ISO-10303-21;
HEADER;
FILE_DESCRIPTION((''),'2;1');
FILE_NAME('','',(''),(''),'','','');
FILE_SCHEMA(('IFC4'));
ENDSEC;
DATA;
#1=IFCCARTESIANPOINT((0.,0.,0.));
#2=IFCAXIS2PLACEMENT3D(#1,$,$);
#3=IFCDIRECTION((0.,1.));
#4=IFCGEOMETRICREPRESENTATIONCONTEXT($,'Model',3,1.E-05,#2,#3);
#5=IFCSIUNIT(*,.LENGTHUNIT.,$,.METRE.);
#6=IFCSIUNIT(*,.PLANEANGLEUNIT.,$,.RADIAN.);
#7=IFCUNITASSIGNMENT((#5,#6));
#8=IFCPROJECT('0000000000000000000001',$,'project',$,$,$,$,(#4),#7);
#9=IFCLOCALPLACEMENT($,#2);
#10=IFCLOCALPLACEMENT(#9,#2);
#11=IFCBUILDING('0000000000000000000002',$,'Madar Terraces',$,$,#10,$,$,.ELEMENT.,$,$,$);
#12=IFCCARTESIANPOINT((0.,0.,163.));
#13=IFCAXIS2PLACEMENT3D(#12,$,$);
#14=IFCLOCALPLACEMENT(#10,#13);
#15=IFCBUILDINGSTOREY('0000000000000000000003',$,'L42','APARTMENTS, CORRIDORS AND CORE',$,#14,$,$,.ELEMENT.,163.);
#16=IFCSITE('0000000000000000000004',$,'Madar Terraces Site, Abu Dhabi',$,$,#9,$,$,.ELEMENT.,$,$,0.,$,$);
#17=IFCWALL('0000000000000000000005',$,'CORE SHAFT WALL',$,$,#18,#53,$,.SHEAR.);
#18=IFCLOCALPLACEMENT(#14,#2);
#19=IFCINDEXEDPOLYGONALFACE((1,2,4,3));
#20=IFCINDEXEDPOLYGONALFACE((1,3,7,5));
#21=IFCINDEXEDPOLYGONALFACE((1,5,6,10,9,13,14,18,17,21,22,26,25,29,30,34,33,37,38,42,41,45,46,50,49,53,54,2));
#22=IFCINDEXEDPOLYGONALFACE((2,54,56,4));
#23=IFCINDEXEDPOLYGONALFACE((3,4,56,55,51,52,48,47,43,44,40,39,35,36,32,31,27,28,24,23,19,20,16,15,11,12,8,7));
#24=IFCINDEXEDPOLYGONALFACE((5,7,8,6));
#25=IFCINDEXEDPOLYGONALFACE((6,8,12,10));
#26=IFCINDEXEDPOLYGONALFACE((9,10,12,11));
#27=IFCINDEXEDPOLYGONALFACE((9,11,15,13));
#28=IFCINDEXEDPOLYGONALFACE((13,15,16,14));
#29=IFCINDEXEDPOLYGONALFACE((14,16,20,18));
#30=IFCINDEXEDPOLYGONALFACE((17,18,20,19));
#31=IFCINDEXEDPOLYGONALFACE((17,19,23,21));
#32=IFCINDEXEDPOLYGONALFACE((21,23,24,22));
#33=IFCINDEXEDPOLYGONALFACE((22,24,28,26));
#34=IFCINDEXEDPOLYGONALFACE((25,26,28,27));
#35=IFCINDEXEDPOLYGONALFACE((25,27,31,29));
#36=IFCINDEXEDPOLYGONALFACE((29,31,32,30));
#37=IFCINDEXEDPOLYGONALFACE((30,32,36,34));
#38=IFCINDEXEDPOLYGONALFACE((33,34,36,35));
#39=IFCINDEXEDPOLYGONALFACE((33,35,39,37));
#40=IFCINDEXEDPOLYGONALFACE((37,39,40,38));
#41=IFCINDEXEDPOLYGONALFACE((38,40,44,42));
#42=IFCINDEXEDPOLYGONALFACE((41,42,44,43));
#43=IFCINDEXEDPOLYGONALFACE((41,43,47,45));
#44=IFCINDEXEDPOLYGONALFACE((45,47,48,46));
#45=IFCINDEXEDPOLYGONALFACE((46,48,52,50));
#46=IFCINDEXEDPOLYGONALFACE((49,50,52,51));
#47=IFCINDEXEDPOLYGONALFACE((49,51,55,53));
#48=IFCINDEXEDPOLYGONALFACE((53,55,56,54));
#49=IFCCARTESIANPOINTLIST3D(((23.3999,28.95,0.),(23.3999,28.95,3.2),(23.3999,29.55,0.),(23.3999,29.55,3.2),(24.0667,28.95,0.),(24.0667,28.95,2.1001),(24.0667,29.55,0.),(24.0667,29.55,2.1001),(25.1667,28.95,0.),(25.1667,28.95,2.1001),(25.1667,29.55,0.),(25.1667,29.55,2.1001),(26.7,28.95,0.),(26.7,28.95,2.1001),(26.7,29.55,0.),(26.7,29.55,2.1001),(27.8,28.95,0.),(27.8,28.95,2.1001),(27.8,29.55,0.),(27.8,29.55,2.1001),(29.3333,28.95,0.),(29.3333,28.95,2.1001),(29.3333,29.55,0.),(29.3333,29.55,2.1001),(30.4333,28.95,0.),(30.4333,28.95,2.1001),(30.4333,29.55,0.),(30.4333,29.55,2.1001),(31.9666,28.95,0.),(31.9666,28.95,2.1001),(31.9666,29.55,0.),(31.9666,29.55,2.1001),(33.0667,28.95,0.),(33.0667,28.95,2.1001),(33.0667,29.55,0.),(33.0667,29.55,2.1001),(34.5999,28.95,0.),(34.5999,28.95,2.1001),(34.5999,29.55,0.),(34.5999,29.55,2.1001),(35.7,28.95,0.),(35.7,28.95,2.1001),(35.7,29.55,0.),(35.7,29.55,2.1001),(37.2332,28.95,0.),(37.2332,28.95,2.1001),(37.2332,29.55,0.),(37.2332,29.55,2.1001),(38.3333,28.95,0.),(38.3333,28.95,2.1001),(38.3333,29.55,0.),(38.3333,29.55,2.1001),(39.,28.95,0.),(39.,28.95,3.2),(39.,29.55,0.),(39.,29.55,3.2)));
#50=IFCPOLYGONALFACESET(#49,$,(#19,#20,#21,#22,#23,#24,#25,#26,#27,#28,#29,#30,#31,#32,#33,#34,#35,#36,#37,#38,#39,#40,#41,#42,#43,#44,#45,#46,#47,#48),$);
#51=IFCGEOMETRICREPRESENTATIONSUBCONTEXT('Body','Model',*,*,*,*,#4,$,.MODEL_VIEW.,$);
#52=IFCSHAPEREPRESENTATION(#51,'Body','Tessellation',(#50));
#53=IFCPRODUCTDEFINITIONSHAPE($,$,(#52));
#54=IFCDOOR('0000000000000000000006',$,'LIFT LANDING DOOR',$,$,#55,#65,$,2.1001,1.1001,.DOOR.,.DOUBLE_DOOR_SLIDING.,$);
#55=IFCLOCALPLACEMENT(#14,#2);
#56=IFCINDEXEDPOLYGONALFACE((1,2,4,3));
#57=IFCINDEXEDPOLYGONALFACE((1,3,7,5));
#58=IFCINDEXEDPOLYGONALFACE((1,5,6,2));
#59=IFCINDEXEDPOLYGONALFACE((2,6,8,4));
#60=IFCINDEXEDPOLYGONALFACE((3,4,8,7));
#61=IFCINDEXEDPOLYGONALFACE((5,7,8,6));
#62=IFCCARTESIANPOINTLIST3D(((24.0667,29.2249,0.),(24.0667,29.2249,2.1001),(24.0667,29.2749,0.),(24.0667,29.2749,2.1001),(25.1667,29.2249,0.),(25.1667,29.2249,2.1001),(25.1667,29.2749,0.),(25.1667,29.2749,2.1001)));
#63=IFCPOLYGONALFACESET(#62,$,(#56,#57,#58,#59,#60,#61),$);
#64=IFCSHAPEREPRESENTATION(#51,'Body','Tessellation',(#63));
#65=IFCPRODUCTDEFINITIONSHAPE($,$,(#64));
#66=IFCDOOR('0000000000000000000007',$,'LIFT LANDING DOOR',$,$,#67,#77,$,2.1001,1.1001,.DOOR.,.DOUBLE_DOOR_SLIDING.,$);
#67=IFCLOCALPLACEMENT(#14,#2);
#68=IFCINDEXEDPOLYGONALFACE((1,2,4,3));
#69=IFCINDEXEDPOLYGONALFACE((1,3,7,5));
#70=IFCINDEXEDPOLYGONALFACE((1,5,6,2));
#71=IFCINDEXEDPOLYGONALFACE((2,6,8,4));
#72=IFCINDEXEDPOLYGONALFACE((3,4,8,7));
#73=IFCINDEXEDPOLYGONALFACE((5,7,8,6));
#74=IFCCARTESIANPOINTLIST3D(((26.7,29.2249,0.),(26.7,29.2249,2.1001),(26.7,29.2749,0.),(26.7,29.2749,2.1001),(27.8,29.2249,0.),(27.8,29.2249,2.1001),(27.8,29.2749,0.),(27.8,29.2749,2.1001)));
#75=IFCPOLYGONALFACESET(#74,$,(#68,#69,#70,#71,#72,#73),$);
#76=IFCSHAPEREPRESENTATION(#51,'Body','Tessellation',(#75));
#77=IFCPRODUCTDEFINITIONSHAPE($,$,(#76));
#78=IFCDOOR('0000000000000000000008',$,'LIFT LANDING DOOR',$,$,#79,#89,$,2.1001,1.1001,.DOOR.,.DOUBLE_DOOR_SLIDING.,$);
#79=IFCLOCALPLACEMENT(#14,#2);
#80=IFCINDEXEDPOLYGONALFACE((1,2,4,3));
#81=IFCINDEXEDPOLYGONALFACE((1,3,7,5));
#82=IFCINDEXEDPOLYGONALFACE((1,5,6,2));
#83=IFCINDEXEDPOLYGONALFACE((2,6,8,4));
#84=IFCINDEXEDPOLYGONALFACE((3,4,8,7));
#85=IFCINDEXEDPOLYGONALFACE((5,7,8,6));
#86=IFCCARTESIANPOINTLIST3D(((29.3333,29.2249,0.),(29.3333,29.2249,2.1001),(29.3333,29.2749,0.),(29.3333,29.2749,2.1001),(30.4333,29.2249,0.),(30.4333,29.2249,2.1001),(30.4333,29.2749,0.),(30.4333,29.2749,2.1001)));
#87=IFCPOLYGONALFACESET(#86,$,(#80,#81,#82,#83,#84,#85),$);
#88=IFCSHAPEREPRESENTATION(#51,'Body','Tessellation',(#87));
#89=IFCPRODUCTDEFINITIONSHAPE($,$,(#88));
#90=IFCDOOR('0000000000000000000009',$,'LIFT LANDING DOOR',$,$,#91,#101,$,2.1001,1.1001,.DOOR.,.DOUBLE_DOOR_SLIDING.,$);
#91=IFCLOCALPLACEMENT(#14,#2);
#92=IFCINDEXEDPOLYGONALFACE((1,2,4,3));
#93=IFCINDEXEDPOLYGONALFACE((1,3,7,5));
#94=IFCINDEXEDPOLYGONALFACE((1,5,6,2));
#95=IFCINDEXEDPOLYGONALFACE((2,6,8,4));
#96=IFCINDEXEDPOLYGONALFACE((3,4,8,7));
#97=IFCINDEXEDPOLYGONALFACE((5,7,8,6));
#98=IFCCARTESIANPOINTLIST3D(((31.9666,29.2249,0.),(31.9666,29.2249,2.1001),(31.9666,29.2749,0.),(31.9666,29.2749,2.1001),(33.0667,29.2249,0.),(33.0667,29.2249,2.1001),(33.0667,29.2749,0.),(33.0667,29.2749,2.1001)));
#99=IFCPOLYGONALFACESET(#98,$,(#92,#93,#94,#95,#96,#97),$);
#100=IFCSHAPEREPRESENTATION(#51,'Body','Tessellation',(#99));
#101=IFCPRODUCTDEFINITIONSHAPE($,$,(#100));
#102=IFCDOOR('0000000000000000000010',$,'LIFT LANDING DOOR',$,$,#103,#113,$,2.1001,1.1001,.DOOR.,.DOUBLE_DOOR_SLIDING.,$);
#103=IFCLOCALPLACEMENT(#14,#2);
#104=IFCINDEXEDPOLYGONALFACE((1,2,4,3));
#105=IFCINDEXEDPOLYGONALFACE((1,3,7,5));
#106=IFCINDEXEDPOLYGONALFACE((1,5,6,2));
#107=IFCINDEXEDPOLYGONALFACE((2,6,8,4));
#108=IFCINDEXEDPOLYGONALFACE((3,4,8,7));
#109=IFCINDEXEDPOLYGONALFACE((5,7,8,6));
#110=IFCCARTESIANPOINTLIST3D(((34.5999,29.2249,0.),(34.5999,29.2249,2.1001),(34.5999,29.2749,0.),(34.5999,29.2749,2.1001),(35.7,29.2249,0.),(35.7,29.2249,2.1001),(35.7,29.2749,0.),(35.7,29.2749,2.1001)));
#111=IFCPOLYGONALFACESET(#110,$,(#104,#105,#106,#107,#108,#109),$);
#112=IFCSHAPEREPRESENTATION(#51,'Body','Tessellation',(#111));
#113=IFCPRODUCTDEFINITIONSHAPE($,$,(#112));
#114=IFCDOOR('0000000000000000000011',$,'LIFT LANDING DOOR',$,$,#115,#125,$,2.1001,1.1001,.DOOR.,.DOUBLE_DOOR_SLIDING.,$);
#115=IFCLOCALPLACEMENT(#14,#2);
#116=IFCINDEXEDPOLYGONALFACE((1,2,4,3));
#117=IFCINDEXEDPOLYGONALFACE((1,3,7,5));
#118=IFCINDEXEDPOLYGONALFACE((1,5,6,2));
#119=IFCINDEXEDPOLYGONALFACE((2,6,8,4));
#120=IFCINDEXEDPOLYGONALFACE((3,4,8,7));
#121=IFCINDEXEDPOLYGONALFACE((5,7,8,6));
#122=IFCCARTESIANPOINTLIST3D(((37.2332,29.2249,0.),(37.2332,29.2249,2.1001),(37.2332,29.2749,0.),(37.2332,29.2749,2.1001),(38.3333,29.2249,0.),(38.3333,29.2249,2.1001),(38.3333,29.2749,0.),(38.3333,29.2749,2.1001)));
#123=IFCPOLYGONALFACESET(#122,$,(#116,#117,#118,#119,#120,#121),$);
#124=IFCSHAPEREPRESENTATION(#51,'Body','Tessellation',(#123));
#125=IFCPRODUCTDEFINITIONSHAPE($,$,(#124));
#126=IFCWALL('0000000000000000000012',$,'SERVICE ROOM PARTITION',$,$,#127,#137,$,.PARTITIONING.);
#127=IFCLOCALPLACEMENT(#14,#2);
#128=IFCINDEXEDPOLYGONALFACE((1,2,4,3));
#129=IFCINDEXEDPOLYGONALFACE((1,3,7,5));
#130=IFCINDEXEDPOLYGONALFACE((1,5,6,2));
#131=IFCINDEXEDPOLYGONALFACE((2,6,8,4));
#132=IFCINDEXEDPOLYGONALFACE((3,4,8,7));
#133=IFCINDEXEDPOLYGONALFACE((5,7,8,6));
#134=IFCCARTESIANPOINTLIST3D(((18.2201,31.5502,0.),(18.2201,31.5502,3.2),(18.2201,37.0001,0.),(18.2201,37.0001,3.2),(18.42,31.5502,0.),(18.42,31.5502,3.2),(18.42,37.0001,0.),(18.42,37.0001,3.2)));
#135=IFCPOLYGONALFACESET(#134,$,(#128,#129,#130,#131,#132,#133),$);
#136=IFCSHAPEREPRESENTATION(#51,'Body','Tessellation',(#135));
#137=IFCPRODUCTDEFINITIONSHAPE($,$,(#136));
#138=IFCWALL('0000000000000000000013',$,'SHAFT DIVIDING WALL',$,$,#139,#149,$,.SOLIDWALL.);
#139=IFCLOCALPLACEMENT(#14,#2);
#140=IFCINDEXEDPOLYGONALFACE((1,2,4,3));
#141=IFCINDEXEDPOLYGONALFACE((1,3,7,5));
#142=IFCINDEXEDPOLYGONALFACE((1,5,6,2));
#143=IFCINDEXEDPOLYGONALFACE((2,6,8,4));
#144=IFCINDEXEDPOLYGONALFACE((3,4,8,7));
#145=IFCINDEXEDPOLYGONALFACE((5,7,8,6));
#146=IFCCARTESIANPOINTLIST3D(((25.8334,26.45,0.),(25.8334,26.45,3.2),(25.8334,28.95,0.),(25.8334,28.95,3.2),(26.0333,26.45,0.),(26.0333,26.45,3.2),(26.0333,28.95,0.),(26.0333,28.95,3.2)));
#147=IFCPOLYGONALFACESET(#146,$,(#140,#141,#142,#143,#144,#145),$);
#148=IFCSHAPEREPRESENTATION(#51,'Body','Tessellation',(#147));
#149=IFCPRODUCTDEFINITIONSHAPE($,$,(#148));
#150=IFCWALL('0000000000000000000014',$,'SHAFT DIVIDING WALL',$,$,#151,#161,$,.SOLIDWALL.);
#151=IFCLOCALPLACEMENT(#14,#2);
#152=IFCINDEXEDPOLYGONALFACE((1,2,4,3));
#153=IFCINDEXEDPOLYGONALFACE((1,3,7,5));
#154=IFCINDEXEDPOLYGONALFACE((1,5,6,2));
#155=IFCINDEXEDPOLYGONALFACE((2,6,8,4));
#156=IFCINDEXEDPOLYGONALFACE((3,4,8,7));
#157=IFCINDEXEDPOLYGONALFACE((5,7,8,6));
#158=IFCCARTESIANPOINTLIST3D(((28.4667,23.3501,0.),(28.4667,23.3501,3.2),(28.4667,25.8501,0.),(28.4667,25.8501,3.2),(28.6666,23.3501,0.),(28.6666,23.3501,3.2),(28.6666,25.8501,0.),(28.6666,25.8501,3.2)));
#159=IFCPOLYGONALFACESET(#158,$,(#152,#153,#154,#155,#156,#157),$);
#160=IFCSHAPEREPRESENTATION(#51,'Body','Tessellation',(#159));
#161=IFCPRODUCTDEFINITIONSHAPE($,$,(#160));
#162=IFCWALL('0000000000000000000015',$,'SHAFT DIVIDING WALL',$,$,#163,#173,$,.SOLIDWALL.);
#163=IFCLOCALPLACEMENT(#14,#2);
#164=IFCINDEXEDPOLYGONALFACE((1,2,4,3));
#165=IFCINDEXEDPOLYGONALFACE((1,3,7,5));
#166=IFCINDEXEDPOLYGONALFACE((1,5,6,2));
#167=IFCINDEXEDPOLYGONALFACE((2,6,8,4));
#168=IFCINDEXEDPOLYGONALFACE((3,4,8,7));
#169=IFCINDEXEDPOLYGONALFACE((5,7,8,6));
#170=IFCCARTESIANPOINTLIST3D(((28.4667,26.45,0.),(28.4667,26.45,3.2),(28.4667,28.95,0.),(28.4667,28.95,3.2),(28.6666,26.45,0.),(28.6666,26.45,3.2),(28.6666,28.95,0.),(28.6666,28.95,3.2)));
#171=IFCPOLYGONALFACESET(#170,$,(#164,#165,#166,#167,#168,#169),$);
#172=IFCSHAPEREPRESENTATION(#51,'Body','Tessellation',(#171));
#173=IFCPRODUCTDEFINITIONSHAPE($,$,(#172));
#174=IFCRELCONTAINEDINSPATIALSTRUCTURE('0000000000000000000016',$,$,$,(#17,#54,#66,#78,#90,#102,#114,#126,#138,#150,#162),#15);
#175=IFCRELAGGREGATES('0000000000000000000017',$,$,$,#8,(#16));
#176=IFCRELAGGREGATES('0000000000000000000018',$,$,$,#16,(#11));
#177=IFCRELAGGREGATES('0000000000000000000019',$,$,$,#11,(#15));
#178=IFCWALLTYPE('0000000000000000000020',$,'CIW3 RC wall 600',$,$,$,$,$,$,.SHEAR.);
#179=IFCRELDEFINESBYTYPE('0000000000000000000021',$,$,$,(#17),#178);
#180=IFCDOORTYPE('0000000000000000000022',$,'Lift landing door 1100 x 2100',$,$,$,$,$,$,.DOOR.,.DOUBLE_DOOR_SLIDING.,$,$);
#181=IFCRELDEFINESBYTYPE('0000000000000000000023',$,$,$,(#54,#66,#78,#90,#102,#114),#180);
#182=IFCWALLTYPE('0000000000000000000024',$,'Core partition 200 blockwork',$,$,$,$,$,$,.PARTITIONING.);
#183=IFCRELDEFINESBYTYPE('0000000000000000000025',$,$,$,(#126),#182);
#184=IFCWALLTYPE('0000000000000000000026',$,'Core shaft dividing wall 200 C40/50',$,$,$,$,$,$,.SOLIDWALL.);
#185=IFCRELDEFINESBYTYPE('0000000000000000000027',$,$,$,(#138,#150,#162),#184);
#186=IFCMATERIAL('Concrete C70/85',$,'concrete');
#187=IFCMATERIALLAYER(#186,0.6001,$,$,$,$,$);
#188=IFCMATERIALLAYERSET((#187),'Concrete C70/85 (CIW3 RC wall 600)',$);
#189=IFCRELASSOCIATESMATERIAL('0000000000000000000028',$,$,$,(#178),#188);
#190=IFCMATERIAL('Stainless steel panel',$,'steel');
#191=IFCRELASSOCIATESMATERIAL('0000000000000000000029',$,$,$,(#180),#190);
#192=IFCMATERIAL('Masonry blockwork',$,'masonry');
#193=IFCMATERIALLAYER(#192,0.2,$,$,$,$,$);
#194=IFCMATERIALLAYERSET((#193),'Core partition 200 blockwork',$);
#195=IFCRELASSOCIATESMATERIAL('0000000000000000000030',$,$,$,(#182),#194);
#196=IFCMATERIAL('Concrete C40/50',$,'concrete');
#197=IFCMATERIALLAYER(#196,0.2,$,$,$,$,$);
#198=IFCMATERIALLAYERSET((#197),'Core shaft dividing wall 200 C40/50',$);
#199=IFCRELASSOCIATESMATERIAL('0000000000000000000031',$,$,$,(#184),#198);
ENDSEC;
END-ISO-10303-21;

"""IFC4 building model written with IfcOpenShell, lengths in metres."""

from ifc_helpers import new_model, si_unit, direction, frame, frame_2d, origin, place, context, subcontext, project, spatial, rectangle, extrude, material, layer, layer_set, type_object, element, fill, save


model = new_model("IFC4")

# Units and contexts
model_context = context("Model", 3, precision=1e-05, world=origin(), true_north=direction((0.0, 1.0)))
body_context = subcontext(model_context, "Body", "Model", "MODEL_VIEW")
ifc_project = project(units=[si_unit("LENGTHUNIT", "METRE"), si_unit("PLANEANGLEUNIT", "RADIAN")], contexts=[model_context])

# Site, building, storey
site_placement = place(None, origin())
site = spatial("IfcSite", under=ifc_project, at=site_placement, Name="Madar Terraces Site, Abu Dhabi", CompositionType="ELEMENT", RefElevation=0.0)
building_placement = place(site_placement, origin())
building = spatial("IfcBuilding", under=site, at=building_placement, Name="Madar Terraces", CompositionType="ELEMENT")
storey_placement = place(building_placement, frame((0.0, 0.0, 163.0)))
storey = spatial("IfcBuildingStorey", under=building, at=storey_placement, Name="L42", Description="APARTMENTS, CORRIDORS AND CORE", CompositionType="ELEMENT", Elevation=163.0)

# Shared definitions
ifc_material_1 = material(Name="Concrete C70/85", Category="concrete")
ifc_layer_1 = layer(ifc_material_1, 0.6001)
ifc_layer_set_1 = layer_set([ifc_layer_1], Name="Concrete C70/85 (CIW3 RC wall 600)")
wall_type_1 = type_object("IfcWallType", Name="CIW3 RC wall 600", PredefinedType="SHEAR", material=ifc_layer_set_1)

# Wall, openings, doors
wall_1_placement = place(storey_placement, frame((23.3999, 29.25, 0.0), z_axis=(0.0, 0.0, 1.0), x_axis=(1.0, 0.0, 0.0)))
wall_1 = element("IfcWall", 1, at=wall_1_placement, inside=storey, type_object=wall_type_1, Name="CORE SHAFT WALL", PredefinedType="SHEAR", context=body_context, shape_type="SweptSolid", body=[
    extrude(rectangle(XDim=15.6001, YDim=0.6001, at=frame_2d((7.8, 0.0))), origin(), (0.0, 0.0, 1.0), 3.2),
])
opening_1_placement = place(wall_1_placement, frame((0.6667, 0.0, 0.0)))
opening_1 = element("IfcOpeningElement", 2, at=opening_1_placement, cuts=wall_1, PredefinedType="OPENING", context=body_context, shape_type="SweptSolid", body=[
    extrude(rectangle(XDim=1.1001, YDim=2.1001, at=frame_2d((0.55, 1.05))), frame((0.0, 0.3101, 0.0), z_axis=(0.0, -1.0, 0.0), x_axis=(1.0, 0.0, 0.0)), (0.0, 0.0, 1.0), 0.6201),
])
opening_2_placement = place(wall_1_placement, frame((3.3, 0.0, 0.0)))
opening_2 = element("IfcOpeningElement", 3, at=opening_2_placement, cuts=wall_1, PredefinedType="OPENING", context=body_context, shape_type="SweptSolid", body=[
    extrude(rectangle(XDim=1.1001, YDim=2.1001, at=frame_2d((0.55, 1.05))), frame((0.0, 0.3101, 0.0), z_axis=(0.0, -1.0, 0.0), x_axis=(1.0, 0.0, 0.0)), (0.0, 0.0, 1.0), 0.6201),
])
opening_3_placement = place(wall_1_placement, frame((5.9333, 0.0, 0.0)))
opening_3 = element("IfcOpeningElement", 4, at=opening_3_placement, cuts=wall_1, PredefinedType="OPENING", context=body_context, shape_type="SweptSolid", body=[
    extrude(rectangle(XDim=1.1001, YDim=2.1001, at=frame_2d((0.55, 1.05))), frame((0.0, 0.3101, 0.0), z_axis=(0.0, -1.0, 0.0), x_axis=(1.0, 0.0, 0.0)), (0.0, 0.0, 1.0), 0.6201),
])
opening_4_placement = place(wall_1_placement, frame((8.5667, 0.0, 0.0)))
opening_4 = element("IfcOpeningElement", 5, at=opening_4_placement, cuts=wall_1, PredefinedType="OPENING", context=body_context, shape_type="SweptSolid", body=[
    extrude(rectangle(XDim=1.1001, YDim=2.1001, at=frame_2d((0.55, 1.05))), frame((0.0, 0.3101, 0.0), z_axis=(0.0, -1.0, 0.0), x_axis=(1.0, 0.0, 0.0)), (0.0, 0.0, 1.0), 0.6201),
])
opening_5_placement = place(wall_1_placement, frame((11.2, 0.0, 0.0)))
opening_5 = element("IfcOpeningElement", 6, at=opening_5_placement, cuts=wall_1, PredefinedType="OPENING", context=body_context, shape_type="SweptSolid", body=[
    extrude(rectangle(XDim=1.1001, YDim=2.1001, at=frame_2d((0.55, 1.05))), frame((0.0, 0.3101, 0.0), z_axis=(0.0, -1.0, 0.0), x_axis=(1.0, 0.0, 0.0)), (0.0, 0.0, 1.0), 0.6201),
])
opening_6_placement = place(wall_1_placement, frame((13.8333, 0.0, 0.0)))
opening_6 = element("IfcOpeningElement", 7, at=opening_6_placement, cuts=wall_1, PredefinedType="OPENING", context=body_context, shape_type="SweptSolid", body=[
    extrude(rectangle(XDim=1.1001, YDim=2.1001, at=frame_2d((0.55, 1.05))), frame((0.0, 0.3101, 0.0), z_axis=(0.0, -1.0, 0.0), x_axis=(1.0, 0.0, 0.0)), (0.0, 0.0, 1.0), 0.6201),
])
ifc_material_2 = material(Name="Stainless steel panel", Category="steel")
door_type_1 = type_object("IfcDoorType", Name="Lift landing door 1100 x 2100", OperationType="DOUBLE_DOOR_SLIDING", PredefinedType="DOOR", material=ifc_material_2)
door_1_placement = place(opening_1_placement, origin())
door_1 = element("IfcDoor", 8, at=door_1_placement, inside=storey, type_object=door_type_1, Name="LIFT LANDING DOOR", OperationType="DOUBLE_DOOR_SLIDING", OverallHeight=2.1001, OverallWidth=1.1001, PredefinedType="DOOR", context=body_context, shape_type="SweptSolid", body=[
    extrude(rectangle(XDim=1.1001, YDim=2.1001, at=frame_2d((0.55, 1.05))), frame((0.0, 0.0249, 0.0), z_axis=(0.0, -1.0, 0.0), x_axis=(1.0, 0.0, 0.0)), (0.0, 0.0, 1.0), 0.05),
])
fill(opening_1, door_1)
door_2_placement = place(opening_2_placement, origin())
door_2 = element("IfcDoor", 9, at=door_2_placement, inside=storey, type_object=door_type_1, Name="LIFT LANDING DOOR", OperationType="DOUBLE_DOOR_SLIDING", OverallHeight=2.1001, OverallWidth=1.1001, PredefinedType="DOOR", context=body_context, shape_type="SweptSolid", body=[
    extrude(rectangle(XDim=1.1001, YDim=2.1001, at=frame_2d((0.55, 1.05))), frame((0.0, 0.0249, 0.0), z_axis=(0.0, -1.0, 0.0), x_axis=(1.0, 0.0, 0.0)), (0.0, 0.0, 1.0), 0.05),
])
fill(opening_2, door_2)
door_3_placement = place(opening_3_placement, origin())
door_3 = element("IfcDoor", 10, at=door_3_placement, inside=storey, type_object=door_type_1, Name="LIFT LANDING DOOR", OperationType="DOUBLE_DOOR_SLIDING", OverallHeight=2.1001, OverallWidth=1.1001, PredefinedType="DOOR", context=body_context, shape_type="SweptSolid", body=[
    extrude(rectangle(XDim=1.1001, YDim=2.1001, at=frame_2d((0.55, 1.05))), frame((0.0, 0.0249, 0.0), z_axis=(0.0, -1.0, 0.0), x_axis=(1.0, 0.0, 0.0)), (0.0, 0.0, 1.0), 0.05),
])
fill(opening_3, door_3)
door_4_placement = place(opening_4_placement, origin())
door_4 = element("IfcDoor", 11, at=door_4_placement, inside=storey, type_object=door_type_1, Name="LIFT LANDING DOOR", OperationType="DOUBLE_DOOR_SLIDING", OverallHeight=2.1001, OverallWidth=1.1001, PredefinedType="DOOR", context=body_context, shape_type="SweptSolid", body=[
    extrude(rectangle(XDim=1.1001, YDim=2.1001, at=frame_2d((0.55, 1.05))), frame((0.0, 0.0249, 0.0), z_axis=(0.0, -1.0, 0.0), x_axis=(1.0, 0.0, 0.0)), (0.0, 0.0, 1.0), 0.05),
])
fill(opening_4, door_4)
door_5_placement = place(opening_5_placement, origin())
door_5 = element("IfcDoor", 12, at=door_5_placement, inside=storey, type_object=door_type_1, Name="LIFT LANDING DOOR", OperationType="DOUBLE_DOOR_SLIDING", OverallHeight=2.1001, OverallWidth=1.1001, PredefinedType="DOOR", context=body_context, shape_type="SweptSolid", body=[
    extrude(rectangle(XDim=1.1001, YDim=2.1001, at=frame_2d((0.55, 1.05))), frame((0.0, 0.0249, 0.0), z_axis=(0.0, -1.0, 0.0), x_axis=(1.0, 0.0, 0.0)), (0.0, 0.0, 1.0), 0.05),
])
fill(opening_5, door_5)
door_6_placement = place(opening_6_placement, origin())
door_6 = element("IfcDoor", 13, at=door_6_placement, inside=storey, type_object=door_type_1, Name="LIFT LANDING DOOR", OperationType="DOUBLE_DOOR_SLIDING", OverallHeight=2.1001, OverallWidth=1.1001, PredefinedType="DOOR", context=body_context, shape_type="SweptSolid", body=[
    extrude(rectangle(XDim=1.1001, YDim=2.1001, at=frame_2d((0.55, 1.05))), frame((0.0, 0.0249, 0.0), z_axis=(0.0, -1.0, 0.0), x_axis=(1.0, 0.0, 0.0)), (0.0, 0.0, 1.0), 0.05),
])
fill(opening_6, door_6)

# Walls
ifc_material_3 = material(Name="Masonry blockwork", Category="masonry")
ifc_layer_2 = layer(ifc_material_3, 0.2)
ifc_layer_set_2 = layer_set([ifc_layer_2], Name="Core partition 200 blockwork")
wall_type_2 = type_object("IfcWallType", Name="Core partition 200 blockwork", PredefinedType="PARTITIONING", material=ifc_layer_set_2)
wall_2_placement = place(storey_placement, frame((18.3201, 31.55, 0.0), z_axis=(0.0, 0.0, 1.0), x_axis=(0.0, 1.0, 0.0)))
element("IfcWall", 14, at=wall_2_placement, inside=storey, type_object=wall_type_2, Name="SERVICE ROOM PARTITION", PredefinedType="PARTITIONING", context=body_context, shape_type="SweptSolid", body=[
    extrude(rectangle(XDim=5.45, YDim=0.2, at=frame_2d((2.7251, 0.0))), origin(), (0.0, 0.0, 1.0), 3.2),
])
ifc_material_4 = material(Name="Concrete C40/50", Category="concrete")
ifc_layer_3 = layer(ifc_material_4, 0.2)
ifc_layer_set_3 = layer_set([ifc_layer_3], Name="Core shaft dividing wall 200 C40/50")
wall_type_3 = type_object("IfcWallType", Name="Core shaft dividing wall 200 C40/50", PredefinedType="SOLIDWALL", material=ifc_layer_set_3)
for number, where, z_axis, x_axis, name in (
    (15, (25.9333, 26.45, 0.0), (0.0, 0.0, 1.0), (0.0, 1.0, 0.0), "SHAFT DIVIDING WALL"),
    (16, (28.5667, 23.3501, 0.0), (0.0, 0.0, 1.0), (0.0, 1.0, 0.0), "SHAFT DIVIDING WALL"),
    (17, (28.5667, 26.45, 0.0), (0.0, 0.0, 1.0), (0.0, 1.0, 0.0), "SHAFT DIVIDING WALL"),
):
    element("IfcWall", number, at=place(storey_placement, frame(where, z_axis=z_axis, x_axis=x_axis)), inside=storey, type_object=wall_type_3, Name=name, PredefinedType="SOLIDWALL", context=body_context, shape_type="SweptSolid", body=[
        extrude(rectangle(XDim=2.5, YDim=0.2, at=frame_2d((1.25, 0.0))), origin(), (0.0, 0.0, 1.0), 3.2),
    ])

save(model, "model.ifc")
